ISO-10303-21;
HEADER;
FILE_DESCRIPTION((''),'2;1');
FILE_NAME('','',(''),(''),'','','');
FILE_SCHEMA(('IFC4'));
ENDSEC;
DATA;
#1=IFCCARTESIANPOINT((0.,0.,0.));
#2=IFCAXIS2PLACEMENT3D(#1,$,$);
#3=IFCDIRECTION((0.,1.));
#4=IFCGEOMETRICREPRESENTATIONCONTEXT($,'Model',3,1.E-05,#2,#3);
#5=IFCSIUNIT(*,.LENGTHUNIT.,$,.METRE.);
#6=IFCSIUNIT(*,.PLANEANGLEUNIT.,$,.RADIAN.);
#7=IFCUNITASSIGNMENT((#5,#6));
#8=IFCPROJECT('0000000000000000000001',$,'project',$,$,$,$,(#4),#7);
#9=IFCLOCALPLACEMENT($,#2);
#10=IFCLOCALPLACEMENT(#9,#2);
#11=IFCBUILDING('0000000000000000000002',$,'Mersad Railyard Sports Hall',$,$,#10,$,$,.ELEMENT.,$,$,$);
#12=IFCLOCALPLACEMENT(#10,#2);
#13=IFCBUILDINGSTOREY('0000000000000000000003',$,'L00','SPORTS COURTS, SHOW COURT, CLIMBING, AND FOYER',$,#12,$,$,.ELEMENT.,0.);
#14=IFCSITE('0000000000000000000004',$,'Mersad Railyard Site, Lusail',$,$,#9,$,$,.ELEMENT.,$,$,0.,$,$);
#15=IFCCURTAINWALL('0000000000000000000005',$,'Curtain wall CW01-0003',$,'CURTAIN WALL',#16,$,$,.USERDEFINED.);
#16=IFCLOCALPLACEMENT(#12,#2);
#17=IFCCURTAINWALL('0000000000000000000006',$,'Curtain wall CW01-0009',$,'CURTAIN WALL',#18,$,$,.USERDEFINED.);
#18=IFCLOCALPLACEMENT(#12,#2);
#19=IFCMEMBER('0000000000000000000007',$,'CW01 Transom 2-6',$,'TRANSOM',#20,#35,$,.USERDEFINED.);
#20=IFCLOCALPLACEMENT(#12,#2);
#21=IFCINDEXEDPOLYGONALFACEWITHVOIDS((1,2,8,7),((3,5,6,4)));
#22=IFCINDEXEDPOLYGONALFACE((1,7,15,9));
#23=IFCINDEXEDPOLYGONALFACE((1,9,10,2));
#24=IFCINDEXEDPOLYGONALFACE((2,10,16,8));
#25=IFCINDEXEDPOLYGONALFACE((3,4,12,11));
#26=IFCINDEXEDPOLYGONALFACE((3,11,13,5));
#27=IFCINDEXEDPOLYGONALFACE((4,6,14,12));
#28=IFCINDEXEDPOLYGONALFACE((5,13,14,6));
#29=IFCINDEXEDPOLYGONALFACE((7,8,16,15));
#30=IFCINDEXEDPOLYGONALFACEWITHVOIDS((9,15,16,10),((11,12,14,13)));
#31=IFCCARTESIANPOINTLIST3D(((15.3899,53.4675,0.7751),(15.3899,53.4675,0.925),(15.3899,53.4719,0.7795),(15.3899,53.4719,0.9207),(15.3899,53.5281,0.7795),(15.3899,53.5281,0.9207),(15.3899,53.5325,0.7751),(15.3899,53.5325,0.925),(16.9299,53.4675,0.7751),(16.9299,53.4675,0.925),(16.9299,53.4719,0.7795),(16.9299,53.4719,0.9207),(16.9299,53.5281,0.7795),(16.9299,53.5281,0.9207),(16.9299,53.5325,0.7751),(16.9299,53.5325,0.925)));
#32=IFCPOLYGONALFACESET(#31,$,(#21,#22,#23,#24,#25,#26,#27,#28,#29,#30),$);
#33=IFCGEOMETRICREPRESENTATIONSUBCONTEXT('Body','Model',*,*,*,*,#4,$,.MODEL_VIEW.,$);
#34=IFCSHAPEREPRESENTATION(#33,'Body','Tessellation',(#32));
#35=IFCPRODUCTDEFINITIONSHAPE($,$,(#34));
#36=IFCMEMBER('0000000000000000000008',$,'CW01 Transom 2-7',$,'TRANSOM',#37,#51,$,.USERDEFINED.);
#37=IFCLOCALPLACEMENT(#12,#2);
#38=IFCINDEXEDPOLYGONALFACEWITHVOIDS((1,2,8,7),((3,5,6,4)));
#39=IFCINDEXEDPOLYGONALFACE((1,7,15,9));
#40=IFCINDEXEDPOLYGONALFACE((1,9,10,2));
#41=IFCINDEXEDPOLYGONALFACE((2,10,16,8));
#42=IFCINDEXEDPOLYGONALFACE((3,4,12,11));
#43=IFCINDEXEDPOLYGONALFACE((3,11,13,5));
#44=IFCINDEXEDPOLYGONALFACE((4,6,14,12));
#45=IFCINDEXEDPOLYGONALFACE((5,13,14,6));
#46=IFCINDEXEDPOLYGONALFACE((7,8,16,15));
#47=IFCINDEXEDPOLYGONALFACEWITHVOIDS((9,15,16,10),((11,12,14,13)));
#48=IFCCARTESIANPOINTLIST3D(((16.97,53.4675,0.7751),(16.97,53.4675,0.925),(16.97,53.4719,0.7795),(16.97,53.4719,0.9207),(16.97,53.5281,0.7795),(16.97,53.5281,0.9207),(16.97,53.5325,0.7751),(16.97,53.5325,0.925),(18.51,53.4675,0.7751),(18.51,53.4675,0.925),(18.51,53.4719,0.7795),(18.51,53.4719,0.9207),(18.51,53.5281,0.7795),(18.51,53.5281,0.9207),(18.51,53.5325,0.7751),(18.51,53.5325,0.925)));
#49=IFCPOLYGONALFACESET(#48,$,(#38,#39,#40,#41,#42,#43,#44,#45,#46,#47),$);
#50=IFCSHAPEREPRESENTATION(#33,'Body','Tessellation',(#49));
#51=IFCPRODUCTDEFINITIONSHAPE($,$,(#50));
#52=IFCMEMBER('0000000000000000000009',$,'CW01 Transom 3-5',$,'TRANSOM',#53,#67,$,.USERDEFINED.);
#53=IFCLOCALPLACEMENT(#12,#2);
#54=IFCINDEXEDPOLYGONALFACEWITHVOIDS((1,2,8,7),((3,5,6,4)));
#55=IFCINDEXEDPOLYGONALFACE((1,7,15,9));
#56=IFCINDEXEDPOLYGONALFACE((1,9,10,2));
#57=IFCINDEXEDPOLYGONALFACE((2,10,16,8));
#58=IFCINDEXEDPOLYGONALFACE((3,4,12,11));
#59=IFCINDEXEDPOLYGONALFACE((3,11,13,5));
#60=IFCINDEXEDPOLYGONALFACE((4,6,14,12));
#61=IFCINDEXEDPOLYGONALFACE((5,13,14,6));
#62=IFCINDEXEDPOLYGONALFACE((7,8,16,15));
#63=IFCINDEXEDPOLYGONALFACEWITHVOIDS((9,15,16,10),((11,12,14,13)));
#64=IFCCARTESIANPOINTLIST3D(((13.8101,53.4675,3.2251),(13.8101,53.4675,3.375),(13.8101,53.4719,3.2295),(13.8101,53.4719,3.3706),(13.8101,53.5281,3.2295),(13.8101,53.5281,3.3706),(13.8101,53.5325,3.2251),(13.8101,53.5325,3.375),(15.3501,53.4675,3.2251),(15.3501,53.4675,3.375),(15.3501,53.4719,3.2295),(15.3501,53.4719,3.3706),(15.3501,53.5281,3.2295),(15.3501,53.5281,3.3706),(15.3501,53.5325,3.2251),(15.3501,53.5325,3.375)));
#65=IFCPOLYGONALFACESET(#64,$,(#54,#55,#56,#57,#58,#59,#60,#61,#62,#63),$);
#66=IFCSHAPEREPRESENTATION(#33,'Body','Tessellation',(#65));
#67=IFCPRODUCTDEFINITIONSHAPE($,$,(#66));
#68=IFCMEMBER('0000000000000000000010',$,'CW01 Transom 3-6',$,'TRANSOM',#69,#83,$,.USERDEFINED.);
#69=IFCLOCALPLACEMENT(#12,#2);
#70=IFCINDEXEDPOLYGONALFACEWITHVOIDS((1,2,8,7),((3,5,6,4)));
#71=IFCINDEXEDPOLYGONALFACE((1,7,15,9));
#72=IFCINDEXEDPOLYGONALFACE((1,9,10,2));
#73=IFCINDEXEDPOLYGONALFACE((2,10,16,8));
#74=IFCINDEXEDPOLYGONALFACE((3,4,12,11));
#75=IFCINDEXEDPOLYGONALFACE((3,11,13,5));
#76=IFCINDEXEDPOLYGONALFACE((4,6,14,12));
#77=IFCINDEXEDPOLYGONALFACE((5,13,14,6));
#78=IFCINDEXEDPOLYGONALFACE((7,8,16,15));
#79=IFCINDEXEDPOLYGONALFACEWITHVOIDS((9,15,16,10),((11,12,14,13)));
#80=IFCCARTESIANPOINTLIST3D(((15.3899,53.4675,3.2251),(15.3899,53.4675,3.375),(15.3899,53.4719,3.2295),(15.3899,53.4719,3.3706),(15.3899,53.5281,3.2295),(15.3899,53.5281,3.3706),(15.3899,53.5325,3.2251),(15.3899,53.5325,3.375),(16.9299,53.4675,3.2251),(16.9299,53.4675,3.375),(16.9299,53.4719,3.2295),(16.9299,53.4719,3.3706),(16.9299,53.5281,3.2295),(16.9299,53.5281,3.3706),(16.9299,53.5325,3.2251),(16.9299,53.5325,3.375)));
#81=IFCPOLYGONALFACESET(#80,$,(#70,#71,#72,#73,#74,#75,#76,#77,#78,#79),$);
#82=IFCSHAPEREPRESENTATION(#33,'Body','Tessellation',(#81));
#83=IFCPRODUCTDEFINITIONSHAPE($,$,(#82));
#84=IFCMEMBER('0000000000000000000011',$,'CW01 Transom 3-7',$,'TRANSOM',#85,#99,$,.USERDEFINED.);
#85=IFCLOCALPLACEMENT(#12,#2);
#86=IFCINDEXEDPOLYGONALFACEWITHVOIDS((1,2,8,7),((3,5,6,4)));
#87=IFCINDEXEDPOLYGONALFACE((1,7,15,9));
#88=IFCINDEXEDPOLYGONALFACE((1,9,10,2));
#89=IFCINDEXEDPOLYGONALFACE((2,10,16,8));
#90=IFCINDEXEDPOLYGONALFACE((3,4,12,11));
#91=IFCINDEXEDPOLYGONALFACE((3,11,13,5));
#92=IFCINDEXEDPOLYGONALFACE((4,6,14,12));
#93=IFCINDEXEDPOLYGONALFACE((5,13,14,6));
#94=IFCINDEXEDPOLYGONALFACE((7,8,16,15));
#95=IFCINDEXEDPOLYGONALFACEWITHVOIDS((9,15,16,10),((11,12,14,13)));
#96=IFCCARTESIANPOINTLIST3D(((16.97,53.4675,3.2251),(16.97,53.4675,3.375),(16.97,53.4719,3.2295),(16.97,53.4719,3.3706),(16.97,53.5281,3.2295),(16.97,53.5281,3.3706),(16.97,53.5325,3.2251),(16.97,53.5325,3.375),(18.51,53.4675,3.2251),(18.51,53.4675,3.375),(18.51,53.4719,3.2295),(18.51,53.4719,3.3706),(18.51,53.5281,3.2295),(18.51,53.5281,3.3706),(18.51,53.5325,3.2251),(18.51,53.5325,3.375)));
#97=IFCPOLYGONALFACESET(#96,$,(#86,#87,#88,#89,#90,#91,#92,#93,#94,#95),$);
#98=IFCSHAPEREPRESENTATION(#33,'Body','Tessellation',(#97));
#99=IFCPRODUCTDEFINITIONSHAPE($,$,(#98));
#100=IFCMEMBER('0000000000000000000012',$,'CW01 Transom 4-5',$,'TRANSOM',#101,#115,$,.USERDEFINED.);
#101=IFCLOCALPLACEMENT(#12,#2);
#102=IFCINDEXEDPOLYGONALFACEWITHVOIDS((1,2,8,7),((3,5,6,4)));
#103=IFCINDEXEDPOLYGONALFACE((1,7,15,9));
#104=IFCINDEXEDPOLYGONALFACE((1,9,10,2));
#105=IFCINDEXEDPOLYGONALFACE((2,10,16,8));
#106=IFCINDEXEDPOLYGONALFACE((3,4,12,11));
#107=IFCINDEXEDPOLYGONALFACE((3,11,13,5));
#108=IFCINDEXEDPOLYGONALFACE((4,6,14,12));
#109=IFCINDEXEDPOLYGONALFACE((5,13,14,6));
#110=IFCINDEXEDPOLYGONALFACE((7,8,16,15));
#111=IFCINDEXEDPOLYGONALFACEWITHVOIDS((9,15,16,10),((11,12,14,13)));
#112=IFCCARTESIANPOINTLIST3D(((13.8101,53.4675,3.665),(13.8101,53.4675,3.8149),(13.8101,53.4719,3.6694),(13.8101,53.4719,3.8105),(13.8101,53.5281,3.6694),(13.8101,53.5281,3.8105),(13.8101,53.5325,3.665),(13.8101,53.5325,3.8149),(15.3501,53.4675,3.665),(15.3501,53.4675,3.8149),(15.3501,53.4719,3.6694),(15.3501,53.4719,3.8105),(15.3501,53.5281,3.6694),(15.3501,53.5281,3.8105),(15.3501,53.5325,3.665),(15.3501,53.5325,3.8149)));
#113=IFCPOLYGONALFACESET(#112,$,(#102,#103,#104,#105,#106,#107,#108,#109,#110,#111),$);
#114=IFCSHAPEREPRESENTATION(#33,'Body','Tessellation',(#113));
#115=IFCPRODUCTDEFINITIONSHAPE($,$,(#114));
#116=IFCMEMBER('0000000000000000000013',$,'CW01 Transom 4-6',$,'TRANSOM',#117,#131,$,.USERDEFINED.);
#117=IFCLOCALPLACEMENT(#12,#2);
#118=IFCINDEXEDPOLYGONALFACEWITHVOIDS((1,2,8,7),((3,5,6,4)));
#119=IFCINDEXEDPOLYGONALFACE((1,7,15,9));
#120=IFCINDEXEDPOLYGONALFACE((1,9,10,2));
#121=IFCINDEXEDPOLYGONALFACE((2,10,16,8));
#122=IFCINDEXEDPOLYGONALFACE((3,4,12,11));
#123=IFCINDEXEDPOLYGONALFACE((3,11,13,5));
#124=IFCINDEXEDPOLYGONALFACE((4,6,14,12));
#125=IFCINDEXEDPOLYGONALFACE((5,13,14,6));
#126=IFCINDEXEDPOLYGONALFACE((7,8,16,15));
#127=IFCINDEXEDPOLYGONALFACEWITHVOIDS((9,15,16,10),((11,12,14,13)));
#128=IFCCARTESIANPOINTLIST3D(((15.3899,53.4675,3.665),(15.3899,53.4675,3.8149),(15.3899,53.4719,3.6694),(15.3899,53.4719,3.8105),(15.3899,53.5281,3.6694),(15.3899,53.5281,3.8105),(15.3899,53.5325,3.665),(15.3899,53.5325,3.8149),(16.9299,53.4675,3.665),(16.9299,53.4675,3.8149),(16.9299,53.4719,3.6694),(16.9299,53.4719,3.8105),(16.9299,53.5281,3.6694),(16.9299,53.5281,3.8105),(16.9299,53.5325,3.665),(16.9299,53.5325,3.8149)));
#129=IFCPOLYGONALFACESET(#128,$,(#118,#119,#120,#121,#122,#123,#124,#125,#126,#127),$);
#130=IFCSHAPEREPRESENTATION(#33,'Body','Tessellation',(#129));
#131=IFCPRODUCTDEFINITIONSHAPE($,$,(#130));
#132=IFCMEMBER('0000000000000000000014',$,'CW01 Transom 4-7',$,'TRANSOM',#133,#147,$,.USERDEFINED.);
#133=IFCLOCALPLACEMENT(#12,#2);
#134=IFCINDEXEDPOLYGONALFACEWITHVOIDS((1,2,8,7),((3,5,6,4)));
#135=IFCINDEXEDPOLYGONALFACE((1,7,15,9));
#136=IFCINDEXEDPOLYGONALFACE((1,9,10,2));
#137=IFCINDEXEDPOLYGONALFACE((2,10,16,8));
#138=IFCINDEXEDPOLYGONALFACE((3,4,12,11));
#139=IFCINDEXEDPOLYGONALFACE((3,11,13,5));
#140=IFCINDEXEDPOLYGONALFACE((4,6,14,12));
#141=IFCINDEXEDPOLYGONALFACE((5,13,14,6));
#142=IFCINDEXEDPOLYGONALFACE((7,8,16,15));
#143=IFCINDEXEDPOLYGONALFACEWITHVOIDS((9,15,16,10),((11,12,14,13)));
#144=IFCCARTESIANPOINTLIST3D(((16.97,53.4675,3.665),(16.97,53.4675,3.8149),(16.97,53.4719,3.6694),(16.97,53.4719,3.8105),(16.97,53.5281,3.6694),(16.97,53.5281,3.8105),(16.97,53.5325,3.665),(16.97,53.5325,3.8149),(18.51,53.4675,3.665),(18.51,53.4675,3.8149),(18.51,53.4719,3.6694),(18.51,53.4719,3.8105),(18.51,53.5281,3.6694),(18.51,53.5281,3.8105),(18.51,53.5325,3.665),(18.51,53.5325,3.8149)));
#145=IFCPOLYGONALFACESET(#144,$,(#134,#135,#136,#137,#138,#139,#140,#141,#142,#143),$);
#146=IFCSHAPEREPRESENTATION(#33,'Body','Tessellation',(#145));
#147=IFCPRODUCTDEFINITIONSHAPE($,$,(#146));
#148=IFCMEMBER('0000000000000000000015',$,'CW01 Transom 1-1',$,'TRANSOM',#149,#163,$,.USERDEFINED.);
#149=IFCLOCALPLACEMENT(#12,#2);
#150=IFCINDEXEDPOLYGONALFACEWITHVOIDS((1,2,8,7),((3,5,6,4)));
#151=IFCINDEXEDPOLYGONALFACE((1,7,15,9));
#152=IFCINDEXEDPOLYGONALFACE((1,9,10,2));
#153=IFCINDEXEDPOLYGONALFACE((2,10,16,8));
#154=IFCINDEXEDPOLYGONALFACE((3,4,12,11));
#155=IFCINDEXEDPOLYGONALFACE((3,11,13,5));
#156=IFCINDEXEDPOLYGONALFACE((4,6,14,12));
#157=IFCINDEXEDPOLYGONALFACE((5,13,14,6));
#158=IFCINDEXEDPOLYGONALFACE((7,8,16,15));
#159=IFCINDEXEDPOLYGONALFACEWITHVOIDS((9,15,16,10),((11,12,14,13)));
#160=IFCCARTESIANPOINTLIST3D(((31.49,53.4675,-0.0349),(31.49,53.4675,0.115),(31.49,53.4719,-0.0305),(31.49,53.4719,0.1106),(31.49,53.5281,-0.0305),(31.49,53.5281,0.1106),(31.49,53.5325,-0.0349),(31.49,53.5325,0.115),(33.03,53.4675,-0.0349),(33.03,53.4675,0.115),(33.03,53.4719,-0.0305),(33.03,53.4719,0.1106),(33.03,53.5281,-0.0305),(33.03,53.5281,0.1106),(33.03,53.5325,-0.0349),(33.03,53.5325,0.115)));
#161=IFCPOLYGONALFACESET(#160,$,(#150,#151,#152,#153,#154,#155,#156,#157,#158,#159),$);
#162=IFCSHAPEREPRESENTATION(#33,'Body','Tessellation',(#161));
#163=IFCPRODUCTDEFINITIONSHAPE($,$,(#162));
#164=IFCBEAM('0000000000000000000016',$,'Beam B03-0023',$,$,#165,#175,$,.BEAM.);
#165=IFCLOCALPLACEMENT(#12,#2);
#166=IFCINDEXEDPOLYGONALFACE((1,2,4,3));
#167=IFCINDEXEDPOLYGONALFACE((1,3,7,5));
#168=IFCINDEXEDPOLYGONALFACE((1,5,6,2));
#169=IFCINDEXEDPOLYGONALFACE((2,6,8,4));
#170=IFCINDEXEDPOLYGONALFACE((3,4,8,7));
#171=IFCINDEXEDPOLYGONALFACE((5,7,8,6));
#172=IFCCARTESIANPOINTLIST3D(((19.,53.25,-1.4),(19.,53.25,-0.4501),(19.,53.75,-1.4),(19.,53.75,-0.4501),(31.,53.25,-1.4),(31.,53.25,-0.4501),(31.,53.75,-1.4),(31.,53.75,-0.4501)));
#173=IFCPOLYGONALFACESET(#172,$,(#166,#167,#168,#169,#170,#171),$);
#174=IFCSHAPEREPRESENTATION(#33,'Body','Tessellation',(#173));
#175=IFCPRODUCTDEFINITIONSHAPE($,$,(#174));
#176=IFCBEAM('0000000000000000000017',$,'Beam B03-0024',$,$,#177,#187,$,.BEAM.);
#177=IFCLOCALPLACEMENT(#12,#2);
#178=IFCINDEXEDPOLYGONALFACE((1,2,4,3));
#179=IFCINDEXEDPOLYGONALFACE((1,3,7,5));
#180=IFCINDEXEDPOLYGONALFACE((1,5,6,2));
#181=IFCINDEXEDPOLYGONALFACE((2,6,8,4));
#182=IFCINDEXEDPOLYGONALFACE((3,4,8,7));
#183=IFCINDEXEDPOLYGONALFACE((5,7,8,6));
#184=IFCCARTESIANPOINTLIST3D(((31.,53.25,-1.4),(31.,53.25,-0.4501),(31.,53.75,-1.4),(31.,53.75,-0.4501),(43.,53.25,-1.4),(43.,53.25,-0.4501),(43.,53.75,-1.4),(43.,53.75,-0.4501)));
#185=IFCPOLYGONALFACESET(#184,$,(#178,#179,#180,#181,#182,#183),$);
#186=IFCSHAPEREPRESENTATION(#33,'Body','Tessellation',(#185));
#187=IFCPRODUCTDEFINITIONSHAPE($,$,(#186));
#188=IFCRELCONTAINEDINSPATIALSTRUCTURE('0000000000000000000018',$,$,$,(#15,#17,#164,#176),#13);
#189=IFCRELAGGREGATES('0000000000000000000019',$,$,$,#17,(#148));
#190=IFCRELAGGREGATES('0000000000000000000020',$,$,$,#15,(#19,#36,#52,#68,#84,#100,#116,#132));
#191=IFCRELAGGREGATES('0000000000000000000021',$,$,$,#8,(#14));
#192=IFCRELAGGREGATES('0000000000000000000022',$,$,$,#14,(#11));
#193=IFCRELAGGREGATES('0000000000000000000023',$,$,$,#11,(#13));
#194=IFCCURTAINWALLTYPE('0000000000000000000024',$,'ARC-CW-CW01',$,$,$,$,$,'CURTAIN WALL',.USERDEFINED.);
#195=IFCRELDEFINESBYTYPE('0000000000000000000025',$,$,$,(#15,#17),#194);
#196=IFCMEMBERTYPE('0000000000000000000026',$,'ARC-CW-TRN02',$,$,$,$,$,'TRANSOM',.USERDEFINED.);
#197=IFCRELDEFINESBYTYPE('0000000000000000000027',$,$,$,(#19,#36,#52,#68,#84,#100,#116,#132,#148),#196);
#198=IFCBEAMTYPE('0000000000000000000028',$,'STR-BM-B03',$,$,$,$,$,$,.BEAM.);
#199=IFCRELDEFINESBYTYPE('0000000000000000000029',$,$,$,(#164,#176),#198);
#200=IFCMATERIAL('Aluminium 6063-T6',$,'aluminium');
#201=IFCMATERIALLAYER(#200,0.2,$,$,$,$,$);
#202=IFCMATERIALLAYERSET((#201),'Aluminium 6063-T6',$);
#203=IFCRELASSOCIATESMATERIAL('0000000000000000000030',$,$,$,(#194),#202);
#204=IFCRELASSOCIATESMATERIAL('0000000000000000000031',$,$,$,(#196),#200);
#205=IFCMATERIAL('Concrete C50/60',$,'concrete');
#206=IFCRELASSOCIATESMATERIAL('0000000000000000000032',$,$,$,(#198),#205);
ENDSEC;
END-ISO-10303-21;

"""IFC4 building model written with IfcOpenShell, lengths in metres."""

from ifc_helpers import new_model, si_unit, direction, frame, origin, origin_2d, place, context, subcontext, project, spatial, rectangle, hollow_rectangle, extrude, material, layer, layer_set, material_profile, profile_set, type_object, element, aggregate, save


model = new_model("IFC4")

# Units and contexts
model_context = context("Model", 3, precision=1e-05, world=origin(), true_north=direction((0.0, 1.0)))
body_context = subcontext(model_context, "Body", "Model", "MODEL_VIEW")
ifc_project = project(units=[si_unit("LENGTHUNIT", "METRE"), si_unit("PLANEANGLEUNIT", "RADIAN")], contexts=[model_context])

# Site, building, storey
site_placement = place(None, origin())
site = spatial("IfcSite", under=ifc_project, at=site_placement, Name="Mersad Railyard Site, Lusail", CompositionType="ELEMENT", RefElevation=0.0)
building_placement = place(site_placement, origin())
building = spatial("IfcBuilding", under=site, at=building_placement, Name="Mersad Railyard Sports Hall", CompositionType="ELEMENT")
storey_placement = place(building_placement, origin())
storey = spatial("IfcBuildingStorey", under=building, at=storey_placement, Name="L00", Description="SPORTS COURTS, SHOW COURT, CLIMBING, AND FOYER", CompositionType="ELEMENT", Elevation=0.0)

# Curtain wall
ifc_material_1 = material(Name="Aluminium 6063-T6", Category="aluminium")
ifc_layer_1 = layer(ifc_material_1, 0.2)
ifc_layer_set_1 = layer_set([ifc_layer_1], Name="Aluminium 6063-T6")
curtain_wall_type = type_object("IfcCurtainWallType", Name="ARC-CW-CW01", ElementType="CURTAIN WALL", PredefinedType="USERDEFINED", material=ifc_layer_set_1)
curtain_wall_1_placement = place(storey_placement, origin())
curtain_wall_1 = element("IfcCurtainWall", 1, at=curtain_wall_1_placement, inside=storey, type_object=curtain_wall_type, Name="Curtain wall CW01-0003", ObjectType="CURTAIN WALL", PredefinedType="USERDEFINED")

# Curtain wall
curtain_wall_2_placement = place(storey_placement, origin())
curtain_wall_2 = element("IfcCurtainWall", 2, at=curtain_wall_2_placement, inside=storey, type_object=curtain_wall_type, Name="Curtain wall CW01-0009", ObjectType="CURTAIN WALL", PredefinedType="USERDEFINED")

# Members
ifc_material_profile_1 = material_profile(ifc_material_1, hollow_rectangle(XDim=0.0649, YDim=0.1499, WallThickness=0.0044, at=origin_2d()), Name="AL TRANSOM 65x150x4.5")
ifc_profile_set_1 = profile_set([ifc_material_profile_1], Name="Aluminium 6063-T6")
member_type_1 = type_object("IfcMemberType", Name="ARC-CW-TRN02", ElementType="TRANSOM", PredefinedType="USERDEFINED", material=ifc_profile_set_1)
member_1_placement = place(storey_placement, frame((15.3899, 53.5, 0.8501), z_axis=(1.0, 0.0, 0.0), x_axis=(0.0, 1.0, 0.0)))
member_1 = element("IfcMember", 3, at=member_1_placement, type_object=member_type_1, Name="CW01 Transom 2-6", ObjectType="TRANSOM", PredefinedType="USERDEFINED", context=body_context, shape_type="SweptSolid", body=[
    extrude(hollow_rectangle(XDim=0.0649, YDim=0.1499, WallThickness=0.0044, at=origin_2d()), origin(), (0.0, 0.0, 1.0), 1.54),
])
member_2_placement = place(storey_placement, frame((16.97, 53.5, 0.8501), z_axis=(1.0, 0.0, 0.0), x_axis=(0.0, 1.0, 0.0)))
member_2 = element("IfcMember", 4, at=member_2_placement, type_object=member_type_1, Name="CW01 Transom 2-7", ObjectType="TRANSOM", PredefinedType="USERDEFINED", context=body_context, shape_type="SweptSolid", body=[
    extrude(hollow_rectangle(XDim=0.0649, YDim=0.1499, WallThickness=0.0044, at=origin_2d()), origin(), (0.0, 0.0, 1.0), 1.54),
])
member_3_placement = place(storey_placement, frame((13.8101, 53.5, 3.3), z_axis=(1.0, 0.0, 0.0), x_axis=(0.0, 1.0, 0.0)))
member_3 = element("IfcMember", 5, at=member_3_placement, type_object=member_type_1, Name="CW01 Transom 3-5", ObjectType="TRANSOM", PredefinedType="USERDEFINED", context=body_context, shape_type="SweptSolid", body=[
    extrude(hollow_rectangle(XDim=0.0649, YDim=0.1499, WallThickness=0.0044, at=origin_2d()), origin(), (0.0, 0.0, 1.0), 1.54),
])
member_4_placement = place(storey_placement, frame((15.3899, 53.5, 3.3), z_axis=(1.0, 0.0, 0.0), x_axis=(0.0, 1.0, 0.0)))
member_4 = element("IfcMember", 6, at=member_4_placement, type_object=member_type_1, Name="CW01 Transom 3-6", ObjectType="TRANSOM", PredefinedType="USERDEFINED", context=body_context, shape_type="SweptSolid", body=[
    extrude(hollow_rectangle(XDim=0.0649, YDim=0.1499, WallThickness=0.0044, at=origin_2d()), origin(), (0.0, 0.0, 1.0), 1.54),
])
member_5_placement = place(storey_placement, frame((16.97, 53.5, 3.3), z_axis=(1.0, 0.0, 0.0), x_axis=(0.0, 1.0, 0.0)))
member_5 = element("IfcMember", 7, at=member_5_placement, type_object=member_type_1, Name="CW01 Transom 3-7", ObjectType="TRANSOM", PredefinedType="USERDEFINED", context=body_context, shape_type="SweptSolid", body=[
    extrude(hollow_rectangle(XDim=0.0649, YDim=0.1499, WallThickness=0.0044, at=origin_2d()), origin(), (0.0, 0.0, 1.0), 1.54),
])
member_6_placement = place(storey_placement, frame((13.8101, 53.5, 3.74), z_axis=(1.0, 0.0, 0.0), x_axis=(0.0, 1.0, 0.0)))
member_6 = element("IfcMember", 8, at=member_6_placement, type_object=member_type_1, Name="CW01 Transom 4-5", ObjectType="TRANSOM", PredefinedType="USERDEFINED", context=body_context, shape_type="SweptSolid", body=[
    extrude(hollow_rectangle(XDim=0.0649, YDim=0.1499, WallThickness=0.0044, at=origin_2d()), origin(), (0.0, 0.0, 1.0), 1.54),
])
member_7_placement = place(storey_placement, frame((15.3899, 53.5, 3.74), z_axis=(1.0, 0.0, 0.0), x_axis=(0.0, 1.0, 0.0)))
member_7 = element("IfcMember", 9, at=member_7_placement, type_object=member_type_1, Name="CW01 Transom 4-6", ObjectType="TRANSOM", PredefinedType="USERDEFINED", context=body_context, shape_type="SweptSolid", body=[
    extrude(hollow_rectangle(XDim=0.0649, YDim=0.1499, WallThickness=0.0044, at=origin_2d()), origin(), (0.0, 0.0, 1.0), 1.54),
])
member_8_placement = place(storey_placement, frame((16.97, 53.5, 3.74), z_axis=(1.0, 0.0, 0.0), x_axis=(0.0, 1.0, 0.0)))
member_8 = element("IfcMember", 10, at=member_8_placement, type_object=member_type_1, Name="CW01 Transom 4-7", ObjectType="TRANSOM", PredefinedType="USERDEFINED", context=body_context, shape_type="SweptSolid", body=[
    extrude(hollow_rectangle(XDim=0.0649, YDim=0.1499, WallThickness=0.0044, at=origin_2d()), origin(), (0.0, 0.0, 1.0), 1.54),
])
member_9_placement = place(storey_placement, frame((31.49, 53.5, 0.04), z_axis=(1.0, 0.0, 0.0), x_axis=(0.0, 1.0, 0.0)))
member_9 = element("IfcMember", 11, at=member_9_placement, type_object=member_type_1, Name="CW01 Transom 1-1", ObjectType="TRANSOM", PredefinedType="USERDEFINED", context=body_context, shape_type="SweptSolid", body=[
    extrude(hollow_rectangle(XDim=0.0649, YDim=0.1499, WallThickness=0.0044, at=origin_2d()), origin(), (0.0, 0.0, 1.0), 1.54),
])
aggregate(curtain_wall_2, [member_9])

# Beams
ifc_material_2 = material(Name="Concrete C50/60", Category="concrete")
ifc_material_profile_2 = material_profile(ifc_material_2, rectangle(XDim=0.5, YDim=0.95, at=origin_2d()), Name="RC 500x950")
ifc_profile_set_2 = profile_set([ifc_material_profile_2], Name="Concrete C50/60")
beam_type = type_object("IfcBeamType", Name="STR-BM-B03", PredefinedType="BEAM", material=ifc_profile_set_2)
for number, where, z_axis, x_axis, name in (
    (12, (19.0, 53.5, -0.925), (1.0, 0.0, 0.0), (0.0, 1.0, 0.0), "Beam B03-0023"),
    (13, (31.0, 53.5, -0.925), (1.0, 0.0, 0.0), (0.0, 1.0, 0.0), "Beam B03-0024"),
):
    element("IfcBeam", number, at=place(storey_placement, frame(where, z_axis=z_axis, x_axis=x_axis)), inside=storey, type_object=beam_type, Name=name, PredefinedType="BEAM", context=body_context, shape_type="SweptSolid", body=[
        extrude(rectangle(XDim=0.5, YDim=0.95, at=origin_2d()), origin(), (0.0, 0.0, 1.0), 12.0),
    ])

aggregate(curtain_wall_1, [member_1, member_2, member_3, member_4, member_5, member_6, member_7, member_8])

save(model, "model.ifc")
